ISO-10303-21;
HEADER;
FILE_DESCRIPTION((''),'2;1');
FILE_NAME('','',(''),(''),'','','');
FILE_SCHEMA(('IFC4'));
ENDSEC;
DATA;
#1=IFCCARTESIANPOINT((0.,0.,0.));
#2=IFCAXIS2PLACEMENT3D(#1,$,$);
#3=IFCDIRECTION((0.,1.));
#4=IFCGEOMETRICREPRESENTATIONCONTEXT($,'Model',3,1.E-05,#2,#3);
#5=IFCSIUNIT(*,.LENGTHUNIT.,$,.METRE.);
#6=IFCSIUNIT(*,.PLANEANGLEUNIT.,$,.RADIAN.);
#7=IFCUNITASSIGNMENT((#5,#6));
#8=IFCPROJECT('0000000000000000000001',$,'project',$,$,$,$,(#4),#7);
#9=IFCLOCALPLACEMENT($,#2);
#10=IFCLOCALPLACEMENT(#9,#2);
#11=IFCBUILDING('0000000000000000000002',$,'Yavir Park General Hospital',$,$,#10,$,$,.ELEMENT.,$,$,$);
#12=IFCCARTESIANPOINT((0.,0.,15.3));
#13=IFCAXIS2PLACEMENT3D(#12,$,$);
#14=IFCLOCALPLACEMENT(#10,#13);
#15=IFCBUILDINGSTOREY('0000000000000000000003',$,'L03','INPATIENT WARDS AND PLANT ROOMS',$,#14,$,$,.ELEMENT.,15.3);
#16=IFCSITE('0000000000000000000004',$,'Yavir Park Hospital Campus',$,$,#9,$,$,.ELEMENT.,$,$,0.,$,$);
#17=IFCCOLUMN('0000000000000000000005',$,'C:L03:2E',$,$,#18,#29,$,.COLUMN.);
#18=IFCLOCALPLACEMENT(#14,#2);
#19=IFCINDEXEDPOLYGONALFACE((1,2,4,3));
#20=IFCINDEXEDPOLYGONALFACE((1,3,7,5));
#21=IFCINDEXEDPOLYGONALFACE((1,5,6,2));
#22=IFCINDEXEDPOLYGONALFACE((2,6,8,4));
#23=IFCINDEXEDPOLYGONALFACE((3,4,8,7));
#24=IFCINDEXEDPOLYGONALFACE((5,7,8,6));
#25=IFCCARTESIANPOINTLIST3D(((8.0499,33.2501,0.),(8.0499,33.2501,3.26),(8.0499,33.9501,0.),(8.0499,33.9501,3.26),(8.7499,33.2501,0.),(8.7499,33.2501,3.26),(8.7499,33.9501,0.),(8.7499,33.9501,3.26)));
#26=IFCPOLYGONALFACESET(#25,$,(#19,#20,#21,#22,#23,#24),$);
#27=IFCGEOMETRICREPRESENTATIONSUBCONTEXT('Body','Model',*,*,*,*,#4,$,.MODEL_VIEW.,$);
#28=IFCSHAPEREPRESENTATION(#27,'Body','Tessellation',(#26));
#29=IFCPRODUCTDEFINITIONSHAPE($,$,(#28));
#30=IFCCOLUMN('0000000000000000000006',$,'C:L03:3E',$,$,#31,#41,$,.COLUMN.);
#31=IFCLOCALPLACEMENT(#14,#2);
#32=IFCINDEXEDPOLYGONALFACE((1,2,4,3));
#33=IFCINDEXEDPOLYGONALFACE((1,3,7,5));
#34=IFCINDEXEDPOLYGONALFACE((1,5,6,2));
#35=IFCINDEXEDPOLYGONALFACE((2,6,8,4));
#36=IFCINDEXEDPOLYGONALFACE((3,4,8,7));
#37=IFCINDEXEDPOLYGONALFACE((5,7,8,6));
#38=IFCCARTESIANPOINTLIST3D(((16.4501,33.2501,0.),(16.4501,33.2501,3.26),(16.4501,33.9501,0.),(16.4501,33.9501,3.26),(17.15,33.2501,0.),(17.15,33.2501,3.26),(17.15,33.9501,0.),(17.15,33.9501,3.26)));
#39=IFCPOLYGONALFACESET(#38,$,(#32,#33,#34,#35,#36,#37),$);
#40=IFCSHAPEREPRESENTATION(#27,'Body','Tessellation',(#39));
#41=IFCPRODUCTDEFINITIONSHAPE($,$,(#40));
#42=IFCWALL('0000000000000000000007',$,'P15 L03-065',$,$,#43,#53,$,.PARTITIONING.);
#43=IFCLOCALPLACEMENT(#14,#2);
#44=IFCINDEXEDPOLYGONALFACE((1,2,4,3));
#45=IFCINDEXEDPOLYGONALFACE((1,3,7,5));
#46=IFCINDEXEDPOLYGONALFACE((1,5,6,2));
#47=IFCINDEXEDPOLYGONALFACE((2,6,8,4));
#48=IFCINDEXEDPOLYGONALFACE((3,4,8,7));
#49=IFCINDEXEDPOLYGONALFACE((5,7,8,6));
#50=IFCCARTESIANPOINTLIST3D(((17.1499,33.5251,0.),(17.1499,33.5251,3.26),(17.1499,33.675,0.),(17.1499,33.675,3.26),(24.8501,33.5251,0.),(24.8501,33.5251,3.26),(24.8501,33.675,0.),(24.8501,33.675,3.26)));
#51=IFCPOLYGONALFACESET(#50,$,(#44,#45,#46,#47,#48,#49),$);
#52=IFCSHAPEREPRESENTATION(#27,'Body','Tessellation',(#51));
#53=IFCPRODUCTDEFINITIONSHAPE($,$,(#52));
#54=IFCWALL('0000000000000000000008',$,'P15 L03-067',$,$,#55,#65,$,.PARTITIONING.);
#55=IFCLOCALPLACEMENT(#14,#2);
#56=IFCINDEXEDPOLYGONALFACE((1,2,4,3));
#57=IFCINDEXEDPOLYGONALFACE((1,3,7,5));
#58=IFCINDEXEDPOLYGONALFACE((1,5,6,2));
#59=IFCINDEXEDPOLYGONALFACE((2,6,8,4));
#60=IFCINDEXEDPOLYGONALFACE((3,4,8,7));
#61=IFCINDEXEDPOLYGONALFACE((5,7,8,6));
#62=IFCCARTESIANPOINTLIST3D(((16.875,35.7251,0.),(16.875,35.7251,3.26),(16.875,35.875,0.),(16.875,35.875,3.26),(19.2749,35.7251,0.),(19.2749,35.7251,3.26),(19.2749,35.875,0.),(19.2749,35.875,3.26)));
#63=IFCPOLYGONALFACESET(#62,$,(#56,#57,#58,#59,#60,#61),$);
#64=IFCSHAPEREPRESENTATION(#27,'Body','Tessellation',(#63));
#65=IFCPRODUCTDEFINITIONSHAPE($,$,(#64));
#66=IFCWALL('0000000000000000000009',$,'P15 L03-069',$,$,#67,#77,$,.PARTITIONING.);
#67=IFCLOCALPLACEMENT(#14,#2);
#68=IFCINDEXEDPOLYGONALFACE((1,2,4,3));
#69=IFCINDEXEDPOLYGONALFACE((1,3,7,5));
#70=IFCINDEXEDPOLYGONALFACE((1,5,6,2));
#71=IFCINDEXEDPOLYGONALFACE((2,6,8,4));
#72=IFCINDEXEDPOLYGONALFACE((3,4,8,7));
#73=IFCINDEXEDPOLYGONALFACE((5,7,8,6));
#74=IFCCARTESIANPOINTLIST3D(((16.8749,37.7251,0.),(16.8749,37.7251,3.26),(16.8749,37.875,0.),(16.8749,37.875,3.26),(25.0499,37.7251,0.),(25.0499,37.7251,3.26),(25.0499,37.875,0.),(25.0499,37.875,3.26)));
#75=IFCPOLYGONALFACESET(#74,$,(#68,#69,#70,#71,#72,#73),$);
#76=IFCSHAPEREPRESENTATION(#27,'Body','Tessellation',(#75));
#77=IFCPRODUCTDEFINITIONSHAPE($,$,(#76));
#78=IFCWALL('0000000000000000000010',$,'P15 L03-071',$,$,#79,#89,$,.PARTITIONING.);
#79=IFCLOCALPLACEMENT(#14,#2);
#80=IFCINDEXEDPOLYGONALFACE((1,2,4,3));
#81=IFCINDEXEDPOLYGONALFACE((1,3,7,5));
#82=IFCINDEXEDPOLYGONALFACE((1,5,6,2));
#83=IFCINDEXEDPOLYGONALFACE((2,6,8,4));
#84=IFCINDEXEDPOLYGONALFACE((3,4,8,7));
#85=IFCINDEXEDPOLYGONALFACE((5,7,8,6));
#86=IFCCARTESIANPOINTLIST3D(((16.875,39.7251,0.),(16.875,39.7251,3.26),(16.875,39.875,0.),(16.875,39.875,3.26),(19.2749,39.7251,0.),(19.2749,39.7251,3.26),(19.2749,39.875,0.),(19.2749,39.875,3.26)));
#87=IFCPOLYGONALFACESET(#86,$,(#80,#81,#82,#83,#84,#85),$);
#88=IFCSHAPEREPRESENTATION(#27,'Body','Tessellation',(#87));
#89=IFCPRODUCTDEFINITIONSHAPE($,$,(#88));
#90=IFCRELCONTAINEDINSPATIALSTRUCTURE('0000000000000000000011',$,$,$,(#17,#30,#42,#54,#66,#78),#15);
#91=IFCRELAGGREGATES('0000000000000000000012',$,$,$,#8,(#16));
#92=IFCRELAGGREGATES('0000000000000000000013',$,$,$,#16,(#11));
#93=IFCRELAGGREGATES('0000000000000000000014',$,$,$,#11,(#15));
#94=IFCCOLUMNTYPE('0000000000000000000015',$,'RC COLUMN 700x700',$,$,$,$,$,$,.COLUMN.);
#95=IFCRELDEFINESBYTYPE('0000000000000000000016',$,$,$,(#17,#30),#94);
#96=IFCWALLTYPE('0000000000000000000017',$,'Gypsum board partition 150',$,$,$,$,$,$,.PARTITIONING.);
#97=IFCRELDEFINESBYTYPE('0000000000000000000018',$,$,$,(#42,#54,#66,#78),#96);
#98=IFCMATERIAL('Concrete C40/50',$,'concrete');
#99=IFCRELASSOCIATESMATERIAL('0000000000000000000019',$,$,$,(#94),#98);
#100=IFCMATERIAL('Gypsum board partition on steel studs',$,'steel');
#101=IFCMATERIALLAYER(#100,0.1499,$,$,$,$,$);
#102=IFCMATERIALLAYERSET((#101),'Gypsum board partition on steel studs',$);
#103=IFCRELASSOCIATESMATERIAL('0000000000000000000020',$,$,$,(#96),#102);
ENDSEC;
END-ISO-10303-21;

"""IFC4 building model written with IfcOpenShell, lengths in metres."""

from ifc_helpers import new_model, si_unit, direction, frame, frame_2d, origin, origin_2d, place, context, subcontext, project, spatial, rectangle, extrude, material, layer, layer_set, material_profile, profile_set, type_object, element, save


model = new_model("IFC4")

# Units and contexts
model_context = context("Model", 3, precision=1e-05, world=origin(), true_north=direction((0.0, 1.0)))
body_context = subcontext(model_context, "Body", "Model", "MODEL_VIEW")
ifc_project = project(units=[si_unit("LENGTHUNIT", "METRE"), si_unit("PLANEANGLEUNIT", "RADIAN")], contexts=[model_context])

# Site, building, storey
site_placement = place(None, origin())
site = spatial("IfcSite", under=ifc_project, at=site_placement, Name="Yavir Park Hospital Campus", CompositionType="ELEMENT", RefElevation=0.0)
building_placement = place(site_placement, origin())
building = spatial("IfcBuilding", under=site, at=building_placement, Name="Yavir Park General Hospital", CompositionType="ELEMENT")
storey_placement = place(building_placement, frame((0.0, 0.0, 15.3)))
storey = spatial("IfcBuildingStorey", under=building, at=storey_placement, Name="L03", Description="INPATIENT WARDS AND PLANT ROOMS", CompositionType="ELEMENT", Elevation=15.3)

# Columns
ifc_material_1 = material(Name="Concrete C40/50", Category="concrete")
ifc_material_profile = material_profile(ifc_material_1, rectangle(XDim=0.7, YDim=0.7, at=origin_2d()), Name="RC700x700")
ifc_profile_set = profile_set([ifc_material_profile], Name="Concrete C40/50")
column_type = type_object("IfcColumnType", Name="RC COLUMN 700x700", PredefinedType="COLUMN", material=ifc_profile_set)
for number, where, z_axis, x_axis, name in (
    (1, (8.3999, 33.6001, 0.0), (0.0, 0.0, 1.0), (1.0, 0.0, 0.0), "C:L03:2E"),
    (2, (16.8, 33.6001, 0.0), (0.0, 0.0, 1.0), (1.0, 0.0, 0.0), "C:L03:3E"),
):
    element("IfcColumn", number, at=place(storey_placement, frame(where, z_axis=z_axis, x_axis=x_axis)), inside=storey, type_object=column_type, Name=name, PredefinedType="COLUMN", context=body_context, shape_type="SweptSolid", body=[
        extrude(rectangle(XDim=0.7, YDim=0.7, at=origin_2d()), origin(), (0.0, 0.0, 1.0), 3.26),
    ])

# Walls
ifc_material_2 = material(Name="Gypsum board partition on steel studs", Category="steel")
ifc_layer_1 = layer(ifc_material_2, 0.1499)
ifc_layer_set_1 = layer_set([ifc_layer_1], Name="Gypsum board partition on steel studs")
wall_type_1 = type_object("IfcWallType", Name="Gypsum board partition 150", PredefinedType="PARTITIONING", material=ifc_layer_set_1)
wall_1_placement = place(storey_placement, frame((17.1499, 33.6001, 0.0), z_axis=(0.0, 0.0, 1.0), x_axis=(1.0, 0.0, 0.0)))
element("IfcWall", 3, at=wall_1_placement, inside=storey, type_object=wall_type_1, Name="P15 L03-065", PredefinedType="PARTITIONING", context=body_context, shape_type="SweptSolid", body=[
    extrude(rectangle(XDim=7.7002, YDim=0.1499, at=frame_2d((3.8501, 0.0))), origin(), (0.0, 0.0, 1.0), 3.26),
])
wall_2_placement = place(storey_placement, frame((16.875, 35.8, 0.0), z_axis=(0.0, 0.0, 1.0), x_axis=(1.0, 0.0, 0.0)))
element("IfcWall", 4, at=wall_2_placement, inside=storey, type_object=wall_type_1, Name="P15 L03-067", PredefinedType="PARTITIONING", context=body_context, shape_type="SweptSolid", body=[
    extrude(rectangle(XDim=2.3999, YDim=0.1499, at=frame_2d((1.2, 0.0))), origin(), (0.0, 0.0, 1.0), 3.26),
])
wall_3_placement = place(storey_placement, frame((16.875, 37.8, 0.0), z_axis=(0.0, 0.0, 1.0), x_axis=(1.0, 0.0, 0.0)))
element("IfcWall", 5, at=wall_3_placement, inside=storey, type_object=wall_type_1, Name="P15 L03-069", PredefinedType="PARTITIONING", context=body_context, shape_type="SweptSolid", body=[
    extrude(rectangle(XDim=8.175, YDim=0.1499, at=frame_2d((4.0874, 0.0))), origin(), (0.0, 0.0, 1.0), 3.26),
])
wall_4_placement = place(storey_placement, frame((16.875, 39.8, 0.0), z_axis=(0.0, 0.0, 1.0), x_axis=(1.0, 0.0, 0.0)))
element("IfcWall", 6, at=wall_4_placement, inside=storey, type_object=wall_type_1, Name="P15 L03-071", PredefinedType="PARTITIONING", context=body_context, shape_type="SweptSolid", body=[
    extrude(rectangle(XDim=2.3999, YDim=0.1499, at=frame_2d((1.2, 0.0))), origin(), (0.0, 0.0, 1.0), 3.26),
])

save(model, "model.ifc")
